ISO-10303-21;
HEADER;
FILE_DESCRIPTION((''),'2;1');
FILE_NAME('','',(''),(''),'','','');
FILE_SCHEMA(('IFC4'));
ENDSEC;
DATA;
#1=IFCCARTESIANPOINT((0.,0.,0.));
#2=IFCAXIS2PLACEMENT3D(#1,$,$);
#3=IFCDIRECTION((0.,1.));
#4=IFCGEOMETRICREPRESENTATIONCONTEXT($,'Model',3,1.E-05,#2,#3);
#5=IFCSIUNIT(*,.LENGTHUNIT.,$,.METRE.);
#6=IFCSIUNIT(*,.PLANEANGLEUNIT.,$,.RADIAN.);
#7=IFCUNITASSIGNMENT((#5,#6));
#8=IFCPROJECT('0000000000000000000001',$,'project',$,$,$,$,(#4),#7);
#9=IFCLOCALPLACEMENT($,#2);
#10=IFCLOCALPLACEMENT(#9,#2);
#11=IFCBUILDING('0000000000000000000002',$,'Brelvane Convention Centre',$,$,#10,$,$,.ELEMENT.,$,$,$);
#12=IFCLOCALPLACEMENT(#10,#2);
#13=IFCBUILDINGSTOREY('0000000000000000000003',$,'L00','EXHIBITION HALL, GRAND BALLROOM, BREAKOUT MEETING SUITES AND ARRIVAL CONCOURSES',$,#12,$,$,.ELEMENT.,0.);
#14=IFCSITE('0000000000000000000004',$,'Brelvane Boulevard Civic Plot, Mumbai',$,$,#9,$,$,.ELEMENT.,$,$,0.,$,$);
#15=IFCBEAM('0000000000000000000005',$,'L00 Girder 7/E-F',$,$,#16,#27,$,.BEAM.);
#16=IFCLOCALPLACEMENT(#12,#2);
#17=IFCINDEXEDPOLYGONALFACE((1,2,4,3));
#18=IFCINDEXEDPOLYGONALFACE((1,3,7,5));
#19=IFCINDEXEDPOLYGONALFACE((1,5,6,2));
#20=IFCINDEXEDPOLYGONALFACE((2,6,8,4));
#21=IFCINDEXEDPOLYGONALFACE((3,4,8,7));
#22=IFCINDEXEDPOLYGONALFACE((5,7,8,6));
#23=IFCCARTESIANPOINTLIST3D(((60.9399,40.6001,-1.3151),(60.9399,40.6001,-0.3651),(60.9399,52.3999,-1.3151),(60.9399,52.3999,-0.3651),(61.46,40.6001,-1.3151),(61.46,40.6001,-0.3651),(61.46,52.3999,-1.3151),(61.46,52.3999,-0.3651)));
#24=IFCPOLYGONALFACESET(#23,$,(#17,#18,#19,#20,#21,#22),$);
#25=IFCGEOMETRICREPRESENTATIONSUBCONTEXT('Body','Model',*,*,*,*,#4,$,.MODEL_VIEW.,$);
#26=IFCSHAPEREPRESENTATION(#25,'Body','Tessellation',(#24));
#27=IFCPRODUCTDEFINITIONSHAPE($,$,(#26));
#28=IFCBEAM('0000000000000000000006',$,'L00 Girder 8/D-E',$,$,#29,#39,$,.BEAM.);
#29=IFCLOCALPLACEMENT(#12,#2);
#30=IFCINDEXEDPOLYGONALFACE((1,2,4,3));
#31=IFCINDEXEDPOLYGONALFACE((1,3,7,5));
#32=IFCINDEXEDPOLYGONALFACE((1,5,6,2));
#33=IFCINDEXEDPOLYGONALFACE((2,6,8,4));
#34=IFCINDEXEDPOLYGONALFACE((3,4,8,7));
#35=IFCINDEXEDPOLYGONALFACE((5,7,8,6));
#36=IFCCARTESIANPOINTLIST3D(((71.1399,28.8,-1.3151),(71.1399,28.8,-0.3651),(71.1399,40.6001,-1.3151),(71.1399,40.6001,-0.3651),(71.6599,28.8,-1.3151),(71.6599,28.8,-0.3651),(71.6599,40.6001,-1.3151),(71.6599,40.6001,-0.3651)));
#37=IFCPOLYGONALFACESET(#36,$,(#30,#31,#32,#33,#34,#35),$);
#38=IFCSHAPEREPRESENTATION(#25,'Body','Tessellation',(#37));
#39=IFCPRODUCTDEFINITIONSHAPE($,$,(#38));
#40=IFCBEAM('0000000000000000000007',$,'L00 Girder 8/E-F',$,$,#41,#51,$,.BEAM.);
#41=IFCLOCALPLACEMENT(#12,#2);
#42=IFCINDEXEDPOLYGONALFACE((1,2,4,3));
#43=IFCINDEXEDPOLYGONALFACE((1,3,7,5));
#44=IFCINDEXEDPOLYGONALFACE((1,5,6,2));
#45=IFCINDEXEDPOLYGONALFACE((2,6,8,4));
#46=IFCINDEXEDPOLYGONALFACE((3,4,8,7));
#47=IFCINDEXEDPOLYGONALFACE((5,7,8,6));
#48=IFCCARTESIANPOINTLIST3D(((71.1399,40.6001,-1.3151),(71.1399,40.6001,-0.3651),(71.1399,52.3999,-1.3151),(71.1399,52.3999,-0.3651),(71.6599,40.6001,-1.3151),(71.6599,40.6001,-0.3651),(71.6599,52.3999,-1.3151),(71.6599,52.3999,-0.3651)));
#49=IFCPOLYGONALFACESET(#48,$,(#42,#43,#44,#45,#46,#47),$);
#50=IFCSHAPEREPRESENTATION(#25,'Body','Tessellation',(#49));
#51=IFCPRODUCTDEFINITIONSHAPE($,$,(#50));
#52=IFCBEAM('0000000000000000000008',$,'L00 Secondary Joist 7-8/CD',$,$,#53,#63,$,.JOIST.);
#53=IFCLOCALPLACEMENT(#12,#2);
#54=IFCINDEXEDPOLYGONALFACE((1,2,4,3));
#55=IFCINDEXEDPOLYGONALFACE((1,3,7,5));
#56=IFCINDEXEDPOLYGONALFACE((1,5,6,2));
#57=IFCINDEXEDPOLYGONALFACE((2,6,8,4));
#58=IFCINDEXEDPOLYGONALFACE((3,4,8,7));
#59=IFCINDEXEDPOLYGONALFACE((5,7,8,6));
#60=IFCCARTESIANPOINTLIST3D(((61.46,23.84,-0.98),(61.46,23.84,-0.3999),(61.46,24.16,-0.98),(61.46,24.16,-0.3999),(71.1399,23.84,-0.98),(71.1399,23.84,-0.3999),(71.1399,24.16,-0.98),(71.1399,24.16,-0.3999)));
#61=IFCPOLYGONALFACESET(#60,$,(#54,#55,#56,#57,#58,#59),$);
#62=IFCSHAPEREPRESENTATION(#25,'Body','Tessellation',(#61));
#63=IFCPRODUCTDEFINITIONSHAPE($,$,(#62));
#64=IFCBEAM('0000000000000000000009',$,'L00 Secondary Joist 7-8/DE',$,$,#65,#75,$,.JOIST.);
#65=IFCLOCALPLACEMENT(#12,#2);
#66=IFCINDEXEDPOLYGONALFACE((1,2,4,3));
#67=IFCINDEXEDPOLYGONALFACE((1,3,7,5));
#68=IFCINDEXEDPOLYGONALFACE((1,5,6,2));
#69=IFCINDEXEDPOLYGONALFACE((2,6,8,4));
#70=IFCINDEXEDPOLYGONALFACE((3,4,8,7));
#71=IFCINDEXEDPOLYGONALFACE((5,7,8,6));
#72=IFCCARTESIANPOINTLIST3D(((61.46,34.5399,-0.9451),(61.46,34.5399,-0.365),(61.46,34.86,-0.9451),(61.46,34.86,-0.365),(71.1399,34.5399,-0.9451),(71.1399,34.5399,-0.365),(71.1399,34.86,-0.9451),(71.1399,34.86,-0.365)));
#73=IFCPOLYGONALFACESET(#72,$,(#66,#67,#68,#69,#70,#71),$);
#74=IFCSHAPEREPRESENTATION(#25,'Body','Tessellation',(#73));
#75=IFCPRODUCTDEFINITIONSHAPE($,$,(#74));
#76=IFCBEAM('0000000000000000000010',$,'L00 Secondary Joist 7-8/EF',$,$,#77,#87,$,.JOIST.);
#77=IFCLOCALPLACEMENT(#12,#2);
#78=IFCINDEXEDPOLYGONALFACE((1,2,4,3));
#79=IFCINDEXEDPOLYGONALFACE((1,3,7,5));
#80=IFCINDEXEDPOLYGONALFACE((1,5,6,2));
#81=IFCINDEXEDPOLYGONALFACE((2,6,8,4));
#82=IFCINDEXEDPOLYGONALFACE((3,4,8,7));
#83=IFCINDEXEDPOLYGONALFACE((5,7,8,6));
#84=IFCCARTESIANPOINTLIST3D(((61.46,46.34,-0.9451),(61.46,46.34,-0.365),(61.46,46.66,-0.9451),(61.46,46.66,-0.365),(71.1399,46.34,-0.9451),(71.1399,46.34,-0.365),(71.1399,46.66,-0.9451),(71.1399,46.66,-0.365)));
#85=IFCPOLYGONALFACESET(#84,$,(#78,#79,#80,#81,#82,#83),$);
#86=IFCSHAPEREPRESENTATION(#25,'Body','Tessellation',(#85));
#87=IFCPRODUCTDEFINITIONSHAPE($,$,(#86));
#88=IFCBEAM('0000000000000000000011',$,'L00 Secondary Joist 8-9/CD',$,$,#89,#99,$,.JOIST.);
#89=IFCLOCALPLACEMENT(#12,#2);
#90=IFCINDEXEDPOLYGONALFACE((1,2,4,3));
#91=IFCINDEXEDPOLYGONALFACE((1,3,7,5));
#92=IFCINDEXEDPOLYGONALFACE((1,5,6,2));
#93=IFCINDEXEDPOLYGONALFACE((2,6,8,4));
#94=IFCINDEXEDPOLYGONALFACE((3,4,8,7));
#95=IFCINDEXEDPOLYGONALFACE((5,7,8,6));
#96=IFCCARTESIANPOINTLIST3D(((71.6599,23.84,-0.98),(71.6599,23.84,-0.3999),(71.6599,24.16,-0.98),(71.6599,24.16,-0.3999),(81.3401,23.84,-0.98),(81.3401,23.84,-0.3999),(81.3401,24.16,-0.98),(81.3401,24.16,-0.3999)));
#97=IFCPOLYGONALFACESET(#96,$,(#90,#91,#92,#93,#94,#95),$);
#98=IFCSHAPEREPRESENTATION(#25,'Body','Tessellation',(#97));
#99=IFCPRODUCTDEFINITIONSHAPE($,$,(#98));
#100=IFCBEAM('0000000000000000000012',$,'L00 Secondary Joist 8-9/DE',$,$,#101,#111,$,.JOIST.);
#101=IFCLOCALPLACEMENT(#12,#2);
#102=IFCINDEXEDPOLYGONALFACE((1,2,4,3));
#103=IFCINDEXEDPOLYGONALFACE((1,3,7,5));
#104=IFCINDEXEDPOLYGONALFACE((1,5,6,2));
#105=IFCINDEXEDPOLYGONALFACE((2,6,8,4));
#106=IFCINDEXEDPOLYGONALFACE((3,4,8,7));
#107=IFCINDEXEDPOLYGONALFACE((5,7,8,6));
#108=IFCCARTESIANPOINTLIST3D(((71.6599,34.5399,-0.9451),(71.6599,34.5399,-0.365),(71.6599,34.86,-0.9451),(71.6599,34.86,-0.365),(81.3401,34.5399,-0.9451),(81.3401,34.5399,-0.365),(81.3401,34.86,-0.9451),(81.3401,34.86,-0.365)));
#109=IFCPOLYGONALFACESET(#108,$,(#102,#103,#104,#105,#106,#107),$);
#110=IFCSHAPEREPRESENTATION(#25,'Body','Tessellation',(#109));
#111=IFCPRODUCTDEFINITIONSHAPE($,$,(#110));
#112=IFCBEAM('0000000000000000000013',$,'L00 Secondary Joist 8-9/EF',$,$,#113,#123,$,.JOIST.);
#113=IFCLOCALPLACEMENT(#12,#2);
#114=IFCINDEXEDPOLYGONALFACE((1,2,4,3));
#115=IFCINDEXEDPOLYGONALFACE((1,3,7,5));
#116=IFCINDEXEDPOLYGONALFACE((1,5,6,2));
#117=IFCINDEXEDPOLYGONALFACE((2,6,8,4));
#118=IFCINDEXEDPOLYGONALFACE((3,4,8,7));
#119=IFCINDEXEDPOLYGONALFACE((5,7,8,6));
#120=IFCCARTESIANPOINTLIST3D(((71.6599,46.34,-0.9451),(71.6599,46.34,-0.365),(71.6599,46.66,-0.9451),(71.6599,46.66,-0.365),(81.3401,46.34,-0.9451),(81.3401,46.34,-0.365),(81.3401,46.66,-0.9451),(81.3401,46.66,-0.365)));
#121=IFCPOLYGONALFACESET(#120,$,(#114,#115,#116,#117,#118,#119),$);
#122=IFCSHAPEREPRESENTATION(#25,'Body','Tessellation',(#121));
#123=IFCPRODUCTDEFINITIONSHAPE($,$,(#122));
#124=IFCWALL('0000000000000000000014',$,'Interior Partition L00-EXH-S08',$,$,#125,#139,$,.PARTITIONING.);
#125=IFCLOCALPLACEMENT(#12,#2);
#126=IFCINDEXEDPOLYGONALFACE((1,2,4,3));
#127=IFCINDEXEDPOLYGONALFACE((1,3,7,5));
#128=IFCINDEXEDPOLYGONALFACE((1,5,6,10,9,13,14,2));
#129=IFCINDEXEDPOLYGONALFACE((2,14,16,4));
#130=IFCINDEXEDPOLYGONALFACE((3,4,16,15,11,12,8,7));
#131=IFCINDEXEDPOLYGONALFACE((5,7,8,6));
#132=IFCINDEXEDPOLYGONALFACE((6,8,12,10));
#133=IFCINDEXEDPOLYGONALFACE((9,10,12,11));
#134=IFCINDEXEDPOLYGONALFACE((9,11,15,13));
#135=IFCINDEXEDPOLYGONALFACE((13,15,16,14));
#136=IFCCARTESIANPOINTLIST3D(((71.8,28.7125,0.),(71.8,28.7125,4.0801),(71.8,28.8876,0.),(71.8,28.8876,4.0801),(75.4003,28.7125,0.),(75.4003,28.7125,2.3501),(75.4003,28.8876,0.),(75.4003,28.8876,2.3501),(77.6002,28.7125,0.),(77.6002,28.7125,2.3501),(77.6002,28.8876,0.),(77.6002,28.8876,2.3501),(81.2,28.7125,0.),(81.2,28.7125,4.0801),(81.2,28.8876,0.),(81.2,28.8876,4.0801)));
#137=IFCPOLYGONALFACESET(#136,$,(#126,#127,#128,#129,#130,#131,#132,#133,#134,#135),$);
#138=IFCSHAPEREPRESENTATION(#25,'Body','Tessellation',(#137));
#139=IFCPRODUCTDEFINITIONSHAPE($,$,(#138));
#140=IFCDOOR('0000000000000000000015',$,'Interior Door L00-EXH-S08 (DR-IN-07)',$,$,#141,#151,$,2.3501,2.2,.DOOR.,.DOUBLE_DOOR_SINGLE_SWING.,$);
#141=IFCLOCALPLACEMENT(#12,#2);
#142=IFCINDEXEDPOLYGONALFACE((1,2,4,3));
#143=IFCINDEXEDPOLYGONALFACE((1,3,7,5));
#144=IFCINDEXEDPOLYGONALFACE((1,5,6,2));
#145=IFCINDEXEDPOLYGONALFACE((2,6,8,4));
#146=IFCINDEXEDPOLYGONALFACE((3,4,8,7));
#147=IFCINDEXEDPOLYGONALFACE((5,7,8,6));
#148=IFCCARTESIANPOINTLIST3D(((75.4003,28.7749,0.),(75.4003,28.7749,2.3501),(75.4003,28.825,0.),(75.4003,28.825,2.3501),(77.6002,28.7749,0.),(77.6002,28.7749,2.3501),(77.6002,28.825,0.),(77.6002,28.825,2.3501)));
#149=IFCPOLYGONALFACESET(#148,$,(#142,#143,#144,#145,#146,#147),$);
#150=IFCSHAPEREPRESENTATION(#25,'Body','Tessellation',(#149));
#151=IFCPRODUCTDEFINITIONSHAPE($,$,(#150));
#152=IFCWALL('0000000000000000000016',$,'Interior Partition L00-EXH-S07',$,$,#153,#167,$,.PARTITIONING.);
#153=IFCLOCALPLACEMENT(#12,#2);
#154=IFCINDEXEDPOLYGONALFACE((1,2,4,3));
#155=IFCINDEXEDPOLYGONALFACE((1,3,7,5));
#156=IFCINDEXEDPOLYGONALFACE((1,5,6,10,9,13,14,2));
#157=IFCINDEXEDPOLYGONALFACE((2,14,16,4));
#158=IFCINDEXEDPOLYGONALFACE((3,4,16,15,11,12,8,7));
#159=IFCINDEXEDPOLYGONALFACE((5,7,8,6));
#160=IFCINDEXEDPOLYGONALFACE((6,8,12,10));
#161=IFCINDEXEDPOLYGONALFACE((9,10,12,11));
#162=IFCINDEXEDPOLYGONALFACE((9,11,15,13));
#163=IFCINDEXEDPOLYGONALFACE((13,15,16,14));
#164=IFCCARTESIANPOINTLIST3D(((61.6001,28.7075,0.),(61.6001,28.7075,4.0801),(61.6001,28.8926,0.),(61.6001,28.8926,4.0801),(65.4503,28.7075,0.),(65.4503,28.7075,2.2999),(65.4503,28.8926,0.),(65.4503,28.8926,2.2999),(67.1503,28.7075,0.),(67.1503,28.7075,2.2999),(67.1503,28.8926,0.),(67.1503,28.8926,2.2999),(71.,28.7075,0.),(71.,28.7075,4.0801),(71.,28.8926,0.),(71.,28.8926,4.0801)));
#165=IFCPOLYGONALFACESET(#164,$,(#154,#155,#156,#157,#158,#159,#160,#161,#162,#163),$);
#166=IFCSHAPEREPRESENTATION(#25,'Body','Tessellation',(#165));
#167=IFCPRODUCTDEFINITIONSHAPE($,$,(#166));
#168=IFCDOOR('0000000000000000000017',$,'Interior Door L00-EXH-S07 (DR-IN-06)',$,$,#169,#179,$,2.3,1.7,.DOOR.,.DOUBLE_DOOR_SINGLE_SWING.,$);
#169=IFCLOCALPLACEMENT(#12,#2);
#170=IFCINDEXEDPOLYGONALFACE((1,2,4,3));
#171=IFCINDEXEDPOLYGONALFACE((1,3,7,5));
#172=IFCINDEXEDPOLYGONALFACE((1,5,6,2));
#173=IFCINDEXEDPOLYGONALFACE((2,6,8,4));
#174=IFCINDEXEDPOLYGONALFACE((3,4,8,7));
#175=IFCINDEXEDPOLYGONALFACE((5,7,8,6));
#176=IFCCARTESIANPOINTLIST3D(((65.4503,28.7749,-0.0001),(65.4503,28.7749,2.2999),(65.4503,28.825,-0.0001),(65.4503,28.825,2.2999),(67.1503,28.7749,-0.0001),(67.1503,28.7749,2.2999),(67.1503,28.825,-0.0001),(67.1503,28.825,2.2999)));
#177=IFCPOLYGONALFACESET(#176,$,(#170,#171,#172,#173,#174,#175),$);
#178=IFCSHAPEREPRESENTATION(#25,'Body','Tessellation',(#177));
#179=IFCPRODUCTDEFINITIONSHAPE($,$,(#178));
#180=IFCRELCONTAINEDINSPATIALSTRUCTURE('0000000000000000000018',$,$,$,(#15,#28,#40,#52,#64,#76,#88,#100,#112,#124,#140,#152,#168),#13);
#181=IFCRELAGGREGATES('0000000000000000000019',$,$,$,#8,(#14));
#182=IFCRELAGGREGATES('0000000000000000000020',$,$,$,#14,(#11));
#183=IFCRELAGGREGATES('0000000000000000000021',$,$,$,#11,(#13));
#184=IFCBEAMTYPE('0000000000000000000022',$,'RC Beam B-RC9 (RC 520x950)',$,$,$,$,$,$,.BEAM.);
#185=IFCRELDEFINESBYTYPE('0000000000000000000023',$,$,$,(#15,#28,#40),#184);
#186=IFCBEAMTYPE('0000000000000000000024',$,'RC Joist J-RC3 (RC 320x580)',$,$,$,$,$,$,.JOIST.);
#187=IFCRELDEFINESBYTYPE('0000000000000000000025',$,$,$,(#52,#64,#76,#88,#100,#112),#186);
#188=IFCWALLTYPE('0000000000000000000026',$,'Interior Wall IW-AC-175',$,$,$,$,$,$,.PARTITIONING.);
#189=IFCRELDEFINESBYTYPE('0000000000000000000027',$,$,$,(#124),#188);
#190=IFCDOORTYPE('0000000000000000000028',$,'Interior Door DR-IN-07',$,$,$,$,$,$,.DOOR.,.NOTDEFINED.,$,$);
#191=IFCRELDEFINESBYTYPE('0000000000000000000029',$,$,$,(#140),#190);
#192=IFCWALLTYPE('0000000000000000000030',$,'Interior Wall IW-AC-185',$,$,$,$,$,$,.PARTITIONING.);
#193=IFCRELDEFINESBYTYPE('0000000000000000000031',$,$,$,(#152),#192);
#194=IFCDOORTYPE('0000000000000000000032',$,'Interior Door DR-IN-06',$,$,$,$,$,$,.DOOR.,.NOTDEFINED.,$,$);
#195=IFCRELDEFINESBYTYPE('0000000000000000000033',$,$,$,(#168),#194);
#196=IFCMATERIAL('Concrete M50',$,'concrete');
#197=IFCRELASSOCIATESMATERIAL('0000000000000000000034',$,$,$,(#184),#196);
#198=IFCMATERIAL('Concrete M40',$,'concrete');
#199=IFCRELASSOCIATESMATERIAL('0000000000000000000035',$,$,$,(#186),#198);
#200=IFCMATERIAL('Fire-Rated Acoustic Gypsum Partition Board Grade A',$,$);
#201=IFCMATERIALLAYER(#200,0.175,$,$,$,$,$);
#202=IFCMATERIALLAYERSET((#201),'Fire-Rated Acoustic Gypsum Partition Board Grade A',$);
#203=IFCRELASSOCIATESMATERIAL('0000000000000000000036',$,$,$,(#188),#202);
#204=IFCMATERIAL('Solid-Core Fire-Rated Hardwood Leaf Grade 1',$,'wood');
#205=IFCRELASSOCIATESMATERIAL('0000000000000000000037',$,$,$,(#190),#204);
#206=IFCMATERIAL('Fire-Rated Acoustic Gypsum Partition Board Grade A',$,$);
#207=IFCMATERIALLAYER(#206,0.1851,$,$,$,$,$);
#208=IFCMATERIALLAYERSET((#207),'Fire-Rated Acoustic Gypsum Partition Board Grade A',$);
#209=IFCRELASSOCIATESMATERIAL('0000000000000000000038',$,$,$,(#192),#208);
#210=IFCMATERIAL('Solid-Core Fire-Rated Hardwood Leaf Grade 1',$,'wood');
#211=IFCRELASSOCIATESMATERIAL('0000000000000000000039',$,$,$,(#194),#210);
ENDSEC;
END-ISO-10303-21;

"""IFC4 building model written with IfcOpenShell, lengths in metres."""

from ifc_helpers import new_model, si_unit, direction, frame, frame_2d, origin, origin_2d, place, context, subcontext, project, spatial, rectangle, extrude, material, layer, layer_set, material_profile, profile_set, type_object, element, fill, save


model = new_model("IFC4")

# Units and contexts
model_context = context("Model", 3, precision=1e-05, world=origin(), true_north=direction((0.0, 1.0)))
body_context = subcontext(model_context, "Body", "Model", "MODEL_VIEW")
ifc_project = project(units=[si_unit("LENGTHUNIT", "METRE"), si_unit("PLANEANGLEUNIT", "RADIAN")], contexts=[model_context])

# Site, building, storey
site_placement = place(None, origin())
site = spatial("IfcSite", under=ifc_project, at=site_placement, Name="Brelvane Boulevard Civic Plot, Mumbai", CompositionType="ELEMENT", RefElevation=0.0)
building_placement = place(site_placement, origin())
building = spatial("IfcBuilding", under=site, at=building_placement, Name="Brelvane Convention Centre", CompositionType="ELEMENT")
storey_placement = place(building_placement, origin())
storey = spatial("IfcBuildingStorey", under=building, at=storey_placement, Name="L00", Description="EXHIBITION HALL, GRAND BALLROOM, BREAKOUT MEETING SUITES AND ARRIVAL CONCOURSES", CompositionType="ELEMENT", Elevation=0.0)

# Beams
ifc_material_1 = material(Name="Concrete M50", Category="concrete")
ifc_material_profile_1 = material_profile(ifc_material_1, rectangle(XDim=0.52, YDim=0.95, at=origin_2d()), Name="RC 520x950")
ifc_profile_set_1 = profile_set([ifc_material_profile_1], Name="Concrete M50")
beam_type_1 = type_object("IfcBeamType", Name="RC Beam B-RC9 (RC 520x950)", PredefinedType="BEAM", material=ifc_profile_set_1)
beam_1_placement = place(storey_placement, frame((61.2, 40.6001, -0.8401), z_axis=(0.0, 1.0, 0.0), x_axis=(-1.0, 0.0, 0.0)))
element("IfcBeam", 1, at=beam_1_placement, inside=storey, type_object=beam_type_1, Name="L00 Girder 7/E-F", PredefinedType="BEAM", context=body_context, shape_type="SweptSolid", body=[
    extrude(rectangle(XDim=0.52, YDim=0.95, at=origin_2d()), origin(), (0.0, 0.0, 1.0), 11.7998),
])
beam_2_placement = place(storey_placement, frame((71.3999, 28.8, -0.8401), z_axis=(0.0, 1.0, 0.0), x_axis=(-1.0, 0.0, 0.0)))
element("IfcBeam", 2, at=beam_2_placement, inside=storey, type_object=beam_type_1, Name="L00 Girder 8/D-E", PredefinedType="BEAM", context=body_context, shape_type="SweptSolid", body=[
    extrude(rectangle(XDim=0.52, YDim=0.95, at=origin_2d()), origin(), (0.0, 0.0, 1.0), 11.8),
])
beam_3_placement = place(storey_placement, frame((71.3999, 40.6001, -0.8401), z_axis=(0.0, 1.0, 0.0), x_axis=(-1.0, 0.0, 0.0)))
element("IfcBeam", 3, at=beam_3_placement, inside=storey, type_object=beam_type_1, Name="L00 Girder 8/E-F", PredefinedType="BEAM", context=body_context, shape_type="SweptSolid", body=[
    extrude(rectangle(XDim=0.52, YDim=0.95, at=origin_2d()), origin(), (0.0, 0.0, 1.0), 11.7998),
])
ifc_material_2 = material(Name="Concrete M40", Category="concrete")
ifc_material_profile_2 = material_profile(ifc_material_2, rectangle(XDim=0.3201, YDim=0.5801, at=origin_2d()), Name="RC 320x580")
ifc_profile_set_2 = profile_set([ifc_material_profile_2], Name="Concrete M40")
beam_type_2 = type_object("IfcBeamType", Name="RC Joist J-RC3 (RC 320x580)", PredefinedType="JOIST", material=ifc_profile_set_2)
for number, where, z_axis, x_axis, name in (
    (4, (61.46, 24.0, -0.6899), (1.0, 0.0, 0.0), (0.0, 1.0, 0.0), "L00 Secondary Joist 7-8/CD"),
    (5, (61.46, 34.7, -0.655), (1.0, 0.0, 0.0), (0.0, 1.0, 0.0), "L00 Secondary Joist 7-8/DE"),
    (6, (61.46, 46.5, -0.655), (1.0, 0.0, 0.0), (0.0, 1.0, 0.0), "L00 Secondary Joist 7-8/EF"),
):
    element("IfcBeam", number, at=place(storey_placement, frame(where, z_axis=z_axis, x_axis=x_axis)), inside=storey, type_object=beam_type_2, Name=name, PredefinedType="JOIST", context=body_context, shape_type="SweptSolid", body=[
        extrude(rectangle(XDim=0.3201, YDim=0.5801, at=origin_2d()), origin(), (0.0, 0.0, 1.0), 9.6799),
    ])
for number, where, z_axis, x_axis, name in (
    (7, (71.6599, 24.0, -0.6899), (1.0, 0.0, 0.0), (0.0, 1.0, 0.0), "L00 Secondary Joist 8-9/CD"),
    (8, (71.6599, 34.7, -0.655), (1.0, 0.0, 0.0), (0.0, 1.0, 0.0), "L00 Secondary Joist 8-9/DE"),
    (9, (71.6599, 46.5, -0.655), (1.0, 0.0, 0.0), (0.0, 1.0, 0.0), "L00 Secondary Joist 8-9/EF"),
):
    element("IfcBeam", number, at=place(storey_placement, frame(where, z_axis=z_axis, x_axis=x_axis)), inside=storey, type_object=beam_type_2, Name=name, PredefinedType="JOIST", context=body_context, shape_type="SweptSolid", body=[
        extrude(rectangle(XDim=0.3201, YDim=0.5801, at=origin_2d()), origin(), (0.0, 0.0, 1.0), 9.6802),
    ])

# Walls, openings, doors
ifc_material_3 = material(Name="Fire-Rated Acoustic Gypsum Partition Board Grade A")
ifc_layer_1 = layer(ifc_material_3, 0.175)
ifc_layer_set_1 = layer_set([ifc_layer_1], Name="Fire-Rated Acoustic Gypsum Partition Board Grade A")
wall_type_1 = type_object("IfcWallType", Name="Interior Wall IW-AC-175", PredefinedType="PARTITIONING", material=ifc_layer_set_1)
wall_1_placement = place(storey_placement, frame((71.8, 28.8, 0.0), z_axis=(0.0, 0.0, 1.0), x_axis=(1.0, 0.0, 0.0)))
wall_1 = element("IfcWall", 10, at=wall_1_placement, inside=storey, type_object=wall_type_1, Name="Interior Partition L00-EXH-S08", PredefinedType="PARTITIONING", context=body_context, shape_type="SweptSolid", body=[
    extrude(rectangle(XDim=9.3999, YDim=0.175, at=frame_2d((4.7, 0.0))), origin(), (0.0, 0.0, 1.0), 4.0801),
])
opening_1_placement = place(wall_1_placement, frame((3.6001, 0.0, 0.0)))
opening_1 = element("IfcOpeningElement", 11, at=opening_1_placement, cuts=wall_1, PredefinedType="OPENING", context=body_context, shape_type="SweptSolid", body=[
    extrude(rectangle(XDim=2.2, YDim=2.3501, at=frame_2d((1.1001, 1.175))), frame((0.0, 0.0974, 0.0), z_axis=(0.0, -1.0, 0.0), x_axis=(1.0, 0.0, 0.0)), (0.0, 0.0, 1.0), 0.1951),
])
ifc_material_4 = material(Name="Solid-Core Fire-Rated Hardwood Leaf Grade 1", Category="wood")
door_type_1 = type_object("IfcDoorType", Name="Interior Door DR-IN-07", OperationType="NOTDEFINED", PredefinedType="DOOR", material=ifc_material_4)
door_1_placement = place(opening_1_placement, origin())
door_1 = element("IfcDoor", 12, at=door_1_placement, inside=storey, type_object=door_type_1, Name="Interior Door L00-EXH-S08 (DR-IN-07)", OperationType="DOUBLE_DOOR_SINGLE_SWING", OverallHeight=2.3501, OverallWidth=2.2, PredefinedType="DOOR", context=body_context, shape_type="SweptSolid", body=[
    extrude(rectangle(XDim=2.2, YDim=2.3501, at=frame_2d((1.1001, 1.175))), frame((0.0, 0.0249, 0.0), z_axis=(0.0, -1.0, 0.0), x_axis=(1.0, 0.0, 0.0)), (0.0, 0.0, 1.0), 0.05),
])
fill(opening_1, door_1)
ifc_material_5 = material(Name="Fire-Rated Acoustic Gypsum Partition Board Grade A")
ifc_layer_2 = layer(ifc_material_5, 0.1851)
ifc_layer_set_2 = layer_set([ifc_layer_2], Name="Fire-Rated Acoustic Gypsum Partition Board Grade A")
wall_type_2 = type_object("IfcWallType", Name="Interior Wall IW-AC-185", PredefinedType="PARTITIONING", material=ifc_layer_set_2)
wall_2_placement = place(storey_placement, frame((61.6001, 28.8, 0.0), z_axis=(0.0, 0.0, 1.0), x_axis=(1.0, 0.0, 0.0)))
wall_2 = element("IfcWall", 13, at=wall_2_placement, inside=storey, type_object=wall_type_2, Name="Interior Partition L00-EXH-S07", PredefinedType="PARTITIONING", context=body_context, shape_type="SweptSolid", body=[
    extrude(rectangle(XDim=9.3999, YDim=0.1851, at=frame_2d((4.7, 0.0))), origin(), (0.0, 0.0, 1.0), 4.0801),
])
opening_2_placement = place(wall_2_placement, frame((3.8501, 0.0, 0.0)))
opening_2 = element("IfcOpeningElement", 14, at=opening_2_placement, cuts=wall_2, PredefinedType="OPENING", context=body_context, shape_type="SweptSolid", body=[
    extrude(rectangle(XDim=1.7, YDim=2.3, at=frame_2d((0.8501, 1.1499))), frame((0.0, 0.1025, 0.0), z_axis=(0.0, -1.0, 0.0), x_axis=(1.0, 0.0, 0.0)), (0.0, 0.0, 1.0), 0.2051),
])
ifc_material_6 = material(Name="Solid-Core Fire-Rated Hardwood Leaf Grade 1", Category="wood")
door_type_2 = type_object("IfcDoorType", Name="Interior Door DR-IN-06", OperationType="NOTDEFINED", PredefinedType="DOOR", material=ifc_material_6)
door_2_placement = place(opening_2_placement, origin())
door_2 = element("IfcDoor", 15, at=door_2_placement, inside=storey, type_object=door_type_2, Name="Interior Door L00-EXH-S07 (DR-IN-06)", OperationType="DOUBLE_DOOR_SINGLE_SWING", OverallHeight=2.3, OverallWidth=1.7, PredefinedType="DOOR", context=body_context, shape_type="SweptSolid", body=[
    extrude(rectangle(XDim=1.7, YDim=2.3, at=frame_2d((0.8501, 1.1499))), frame((0.0, 0.0249, 0.0), z_axis=(0.0, -1.0, 0.0), x_axis=(1.0, 0.0, 0.0)), (0.0, 0.0, 1.0), 0.05),
])
fill(opening_2, door_2)

save(model, "model.ifc")
